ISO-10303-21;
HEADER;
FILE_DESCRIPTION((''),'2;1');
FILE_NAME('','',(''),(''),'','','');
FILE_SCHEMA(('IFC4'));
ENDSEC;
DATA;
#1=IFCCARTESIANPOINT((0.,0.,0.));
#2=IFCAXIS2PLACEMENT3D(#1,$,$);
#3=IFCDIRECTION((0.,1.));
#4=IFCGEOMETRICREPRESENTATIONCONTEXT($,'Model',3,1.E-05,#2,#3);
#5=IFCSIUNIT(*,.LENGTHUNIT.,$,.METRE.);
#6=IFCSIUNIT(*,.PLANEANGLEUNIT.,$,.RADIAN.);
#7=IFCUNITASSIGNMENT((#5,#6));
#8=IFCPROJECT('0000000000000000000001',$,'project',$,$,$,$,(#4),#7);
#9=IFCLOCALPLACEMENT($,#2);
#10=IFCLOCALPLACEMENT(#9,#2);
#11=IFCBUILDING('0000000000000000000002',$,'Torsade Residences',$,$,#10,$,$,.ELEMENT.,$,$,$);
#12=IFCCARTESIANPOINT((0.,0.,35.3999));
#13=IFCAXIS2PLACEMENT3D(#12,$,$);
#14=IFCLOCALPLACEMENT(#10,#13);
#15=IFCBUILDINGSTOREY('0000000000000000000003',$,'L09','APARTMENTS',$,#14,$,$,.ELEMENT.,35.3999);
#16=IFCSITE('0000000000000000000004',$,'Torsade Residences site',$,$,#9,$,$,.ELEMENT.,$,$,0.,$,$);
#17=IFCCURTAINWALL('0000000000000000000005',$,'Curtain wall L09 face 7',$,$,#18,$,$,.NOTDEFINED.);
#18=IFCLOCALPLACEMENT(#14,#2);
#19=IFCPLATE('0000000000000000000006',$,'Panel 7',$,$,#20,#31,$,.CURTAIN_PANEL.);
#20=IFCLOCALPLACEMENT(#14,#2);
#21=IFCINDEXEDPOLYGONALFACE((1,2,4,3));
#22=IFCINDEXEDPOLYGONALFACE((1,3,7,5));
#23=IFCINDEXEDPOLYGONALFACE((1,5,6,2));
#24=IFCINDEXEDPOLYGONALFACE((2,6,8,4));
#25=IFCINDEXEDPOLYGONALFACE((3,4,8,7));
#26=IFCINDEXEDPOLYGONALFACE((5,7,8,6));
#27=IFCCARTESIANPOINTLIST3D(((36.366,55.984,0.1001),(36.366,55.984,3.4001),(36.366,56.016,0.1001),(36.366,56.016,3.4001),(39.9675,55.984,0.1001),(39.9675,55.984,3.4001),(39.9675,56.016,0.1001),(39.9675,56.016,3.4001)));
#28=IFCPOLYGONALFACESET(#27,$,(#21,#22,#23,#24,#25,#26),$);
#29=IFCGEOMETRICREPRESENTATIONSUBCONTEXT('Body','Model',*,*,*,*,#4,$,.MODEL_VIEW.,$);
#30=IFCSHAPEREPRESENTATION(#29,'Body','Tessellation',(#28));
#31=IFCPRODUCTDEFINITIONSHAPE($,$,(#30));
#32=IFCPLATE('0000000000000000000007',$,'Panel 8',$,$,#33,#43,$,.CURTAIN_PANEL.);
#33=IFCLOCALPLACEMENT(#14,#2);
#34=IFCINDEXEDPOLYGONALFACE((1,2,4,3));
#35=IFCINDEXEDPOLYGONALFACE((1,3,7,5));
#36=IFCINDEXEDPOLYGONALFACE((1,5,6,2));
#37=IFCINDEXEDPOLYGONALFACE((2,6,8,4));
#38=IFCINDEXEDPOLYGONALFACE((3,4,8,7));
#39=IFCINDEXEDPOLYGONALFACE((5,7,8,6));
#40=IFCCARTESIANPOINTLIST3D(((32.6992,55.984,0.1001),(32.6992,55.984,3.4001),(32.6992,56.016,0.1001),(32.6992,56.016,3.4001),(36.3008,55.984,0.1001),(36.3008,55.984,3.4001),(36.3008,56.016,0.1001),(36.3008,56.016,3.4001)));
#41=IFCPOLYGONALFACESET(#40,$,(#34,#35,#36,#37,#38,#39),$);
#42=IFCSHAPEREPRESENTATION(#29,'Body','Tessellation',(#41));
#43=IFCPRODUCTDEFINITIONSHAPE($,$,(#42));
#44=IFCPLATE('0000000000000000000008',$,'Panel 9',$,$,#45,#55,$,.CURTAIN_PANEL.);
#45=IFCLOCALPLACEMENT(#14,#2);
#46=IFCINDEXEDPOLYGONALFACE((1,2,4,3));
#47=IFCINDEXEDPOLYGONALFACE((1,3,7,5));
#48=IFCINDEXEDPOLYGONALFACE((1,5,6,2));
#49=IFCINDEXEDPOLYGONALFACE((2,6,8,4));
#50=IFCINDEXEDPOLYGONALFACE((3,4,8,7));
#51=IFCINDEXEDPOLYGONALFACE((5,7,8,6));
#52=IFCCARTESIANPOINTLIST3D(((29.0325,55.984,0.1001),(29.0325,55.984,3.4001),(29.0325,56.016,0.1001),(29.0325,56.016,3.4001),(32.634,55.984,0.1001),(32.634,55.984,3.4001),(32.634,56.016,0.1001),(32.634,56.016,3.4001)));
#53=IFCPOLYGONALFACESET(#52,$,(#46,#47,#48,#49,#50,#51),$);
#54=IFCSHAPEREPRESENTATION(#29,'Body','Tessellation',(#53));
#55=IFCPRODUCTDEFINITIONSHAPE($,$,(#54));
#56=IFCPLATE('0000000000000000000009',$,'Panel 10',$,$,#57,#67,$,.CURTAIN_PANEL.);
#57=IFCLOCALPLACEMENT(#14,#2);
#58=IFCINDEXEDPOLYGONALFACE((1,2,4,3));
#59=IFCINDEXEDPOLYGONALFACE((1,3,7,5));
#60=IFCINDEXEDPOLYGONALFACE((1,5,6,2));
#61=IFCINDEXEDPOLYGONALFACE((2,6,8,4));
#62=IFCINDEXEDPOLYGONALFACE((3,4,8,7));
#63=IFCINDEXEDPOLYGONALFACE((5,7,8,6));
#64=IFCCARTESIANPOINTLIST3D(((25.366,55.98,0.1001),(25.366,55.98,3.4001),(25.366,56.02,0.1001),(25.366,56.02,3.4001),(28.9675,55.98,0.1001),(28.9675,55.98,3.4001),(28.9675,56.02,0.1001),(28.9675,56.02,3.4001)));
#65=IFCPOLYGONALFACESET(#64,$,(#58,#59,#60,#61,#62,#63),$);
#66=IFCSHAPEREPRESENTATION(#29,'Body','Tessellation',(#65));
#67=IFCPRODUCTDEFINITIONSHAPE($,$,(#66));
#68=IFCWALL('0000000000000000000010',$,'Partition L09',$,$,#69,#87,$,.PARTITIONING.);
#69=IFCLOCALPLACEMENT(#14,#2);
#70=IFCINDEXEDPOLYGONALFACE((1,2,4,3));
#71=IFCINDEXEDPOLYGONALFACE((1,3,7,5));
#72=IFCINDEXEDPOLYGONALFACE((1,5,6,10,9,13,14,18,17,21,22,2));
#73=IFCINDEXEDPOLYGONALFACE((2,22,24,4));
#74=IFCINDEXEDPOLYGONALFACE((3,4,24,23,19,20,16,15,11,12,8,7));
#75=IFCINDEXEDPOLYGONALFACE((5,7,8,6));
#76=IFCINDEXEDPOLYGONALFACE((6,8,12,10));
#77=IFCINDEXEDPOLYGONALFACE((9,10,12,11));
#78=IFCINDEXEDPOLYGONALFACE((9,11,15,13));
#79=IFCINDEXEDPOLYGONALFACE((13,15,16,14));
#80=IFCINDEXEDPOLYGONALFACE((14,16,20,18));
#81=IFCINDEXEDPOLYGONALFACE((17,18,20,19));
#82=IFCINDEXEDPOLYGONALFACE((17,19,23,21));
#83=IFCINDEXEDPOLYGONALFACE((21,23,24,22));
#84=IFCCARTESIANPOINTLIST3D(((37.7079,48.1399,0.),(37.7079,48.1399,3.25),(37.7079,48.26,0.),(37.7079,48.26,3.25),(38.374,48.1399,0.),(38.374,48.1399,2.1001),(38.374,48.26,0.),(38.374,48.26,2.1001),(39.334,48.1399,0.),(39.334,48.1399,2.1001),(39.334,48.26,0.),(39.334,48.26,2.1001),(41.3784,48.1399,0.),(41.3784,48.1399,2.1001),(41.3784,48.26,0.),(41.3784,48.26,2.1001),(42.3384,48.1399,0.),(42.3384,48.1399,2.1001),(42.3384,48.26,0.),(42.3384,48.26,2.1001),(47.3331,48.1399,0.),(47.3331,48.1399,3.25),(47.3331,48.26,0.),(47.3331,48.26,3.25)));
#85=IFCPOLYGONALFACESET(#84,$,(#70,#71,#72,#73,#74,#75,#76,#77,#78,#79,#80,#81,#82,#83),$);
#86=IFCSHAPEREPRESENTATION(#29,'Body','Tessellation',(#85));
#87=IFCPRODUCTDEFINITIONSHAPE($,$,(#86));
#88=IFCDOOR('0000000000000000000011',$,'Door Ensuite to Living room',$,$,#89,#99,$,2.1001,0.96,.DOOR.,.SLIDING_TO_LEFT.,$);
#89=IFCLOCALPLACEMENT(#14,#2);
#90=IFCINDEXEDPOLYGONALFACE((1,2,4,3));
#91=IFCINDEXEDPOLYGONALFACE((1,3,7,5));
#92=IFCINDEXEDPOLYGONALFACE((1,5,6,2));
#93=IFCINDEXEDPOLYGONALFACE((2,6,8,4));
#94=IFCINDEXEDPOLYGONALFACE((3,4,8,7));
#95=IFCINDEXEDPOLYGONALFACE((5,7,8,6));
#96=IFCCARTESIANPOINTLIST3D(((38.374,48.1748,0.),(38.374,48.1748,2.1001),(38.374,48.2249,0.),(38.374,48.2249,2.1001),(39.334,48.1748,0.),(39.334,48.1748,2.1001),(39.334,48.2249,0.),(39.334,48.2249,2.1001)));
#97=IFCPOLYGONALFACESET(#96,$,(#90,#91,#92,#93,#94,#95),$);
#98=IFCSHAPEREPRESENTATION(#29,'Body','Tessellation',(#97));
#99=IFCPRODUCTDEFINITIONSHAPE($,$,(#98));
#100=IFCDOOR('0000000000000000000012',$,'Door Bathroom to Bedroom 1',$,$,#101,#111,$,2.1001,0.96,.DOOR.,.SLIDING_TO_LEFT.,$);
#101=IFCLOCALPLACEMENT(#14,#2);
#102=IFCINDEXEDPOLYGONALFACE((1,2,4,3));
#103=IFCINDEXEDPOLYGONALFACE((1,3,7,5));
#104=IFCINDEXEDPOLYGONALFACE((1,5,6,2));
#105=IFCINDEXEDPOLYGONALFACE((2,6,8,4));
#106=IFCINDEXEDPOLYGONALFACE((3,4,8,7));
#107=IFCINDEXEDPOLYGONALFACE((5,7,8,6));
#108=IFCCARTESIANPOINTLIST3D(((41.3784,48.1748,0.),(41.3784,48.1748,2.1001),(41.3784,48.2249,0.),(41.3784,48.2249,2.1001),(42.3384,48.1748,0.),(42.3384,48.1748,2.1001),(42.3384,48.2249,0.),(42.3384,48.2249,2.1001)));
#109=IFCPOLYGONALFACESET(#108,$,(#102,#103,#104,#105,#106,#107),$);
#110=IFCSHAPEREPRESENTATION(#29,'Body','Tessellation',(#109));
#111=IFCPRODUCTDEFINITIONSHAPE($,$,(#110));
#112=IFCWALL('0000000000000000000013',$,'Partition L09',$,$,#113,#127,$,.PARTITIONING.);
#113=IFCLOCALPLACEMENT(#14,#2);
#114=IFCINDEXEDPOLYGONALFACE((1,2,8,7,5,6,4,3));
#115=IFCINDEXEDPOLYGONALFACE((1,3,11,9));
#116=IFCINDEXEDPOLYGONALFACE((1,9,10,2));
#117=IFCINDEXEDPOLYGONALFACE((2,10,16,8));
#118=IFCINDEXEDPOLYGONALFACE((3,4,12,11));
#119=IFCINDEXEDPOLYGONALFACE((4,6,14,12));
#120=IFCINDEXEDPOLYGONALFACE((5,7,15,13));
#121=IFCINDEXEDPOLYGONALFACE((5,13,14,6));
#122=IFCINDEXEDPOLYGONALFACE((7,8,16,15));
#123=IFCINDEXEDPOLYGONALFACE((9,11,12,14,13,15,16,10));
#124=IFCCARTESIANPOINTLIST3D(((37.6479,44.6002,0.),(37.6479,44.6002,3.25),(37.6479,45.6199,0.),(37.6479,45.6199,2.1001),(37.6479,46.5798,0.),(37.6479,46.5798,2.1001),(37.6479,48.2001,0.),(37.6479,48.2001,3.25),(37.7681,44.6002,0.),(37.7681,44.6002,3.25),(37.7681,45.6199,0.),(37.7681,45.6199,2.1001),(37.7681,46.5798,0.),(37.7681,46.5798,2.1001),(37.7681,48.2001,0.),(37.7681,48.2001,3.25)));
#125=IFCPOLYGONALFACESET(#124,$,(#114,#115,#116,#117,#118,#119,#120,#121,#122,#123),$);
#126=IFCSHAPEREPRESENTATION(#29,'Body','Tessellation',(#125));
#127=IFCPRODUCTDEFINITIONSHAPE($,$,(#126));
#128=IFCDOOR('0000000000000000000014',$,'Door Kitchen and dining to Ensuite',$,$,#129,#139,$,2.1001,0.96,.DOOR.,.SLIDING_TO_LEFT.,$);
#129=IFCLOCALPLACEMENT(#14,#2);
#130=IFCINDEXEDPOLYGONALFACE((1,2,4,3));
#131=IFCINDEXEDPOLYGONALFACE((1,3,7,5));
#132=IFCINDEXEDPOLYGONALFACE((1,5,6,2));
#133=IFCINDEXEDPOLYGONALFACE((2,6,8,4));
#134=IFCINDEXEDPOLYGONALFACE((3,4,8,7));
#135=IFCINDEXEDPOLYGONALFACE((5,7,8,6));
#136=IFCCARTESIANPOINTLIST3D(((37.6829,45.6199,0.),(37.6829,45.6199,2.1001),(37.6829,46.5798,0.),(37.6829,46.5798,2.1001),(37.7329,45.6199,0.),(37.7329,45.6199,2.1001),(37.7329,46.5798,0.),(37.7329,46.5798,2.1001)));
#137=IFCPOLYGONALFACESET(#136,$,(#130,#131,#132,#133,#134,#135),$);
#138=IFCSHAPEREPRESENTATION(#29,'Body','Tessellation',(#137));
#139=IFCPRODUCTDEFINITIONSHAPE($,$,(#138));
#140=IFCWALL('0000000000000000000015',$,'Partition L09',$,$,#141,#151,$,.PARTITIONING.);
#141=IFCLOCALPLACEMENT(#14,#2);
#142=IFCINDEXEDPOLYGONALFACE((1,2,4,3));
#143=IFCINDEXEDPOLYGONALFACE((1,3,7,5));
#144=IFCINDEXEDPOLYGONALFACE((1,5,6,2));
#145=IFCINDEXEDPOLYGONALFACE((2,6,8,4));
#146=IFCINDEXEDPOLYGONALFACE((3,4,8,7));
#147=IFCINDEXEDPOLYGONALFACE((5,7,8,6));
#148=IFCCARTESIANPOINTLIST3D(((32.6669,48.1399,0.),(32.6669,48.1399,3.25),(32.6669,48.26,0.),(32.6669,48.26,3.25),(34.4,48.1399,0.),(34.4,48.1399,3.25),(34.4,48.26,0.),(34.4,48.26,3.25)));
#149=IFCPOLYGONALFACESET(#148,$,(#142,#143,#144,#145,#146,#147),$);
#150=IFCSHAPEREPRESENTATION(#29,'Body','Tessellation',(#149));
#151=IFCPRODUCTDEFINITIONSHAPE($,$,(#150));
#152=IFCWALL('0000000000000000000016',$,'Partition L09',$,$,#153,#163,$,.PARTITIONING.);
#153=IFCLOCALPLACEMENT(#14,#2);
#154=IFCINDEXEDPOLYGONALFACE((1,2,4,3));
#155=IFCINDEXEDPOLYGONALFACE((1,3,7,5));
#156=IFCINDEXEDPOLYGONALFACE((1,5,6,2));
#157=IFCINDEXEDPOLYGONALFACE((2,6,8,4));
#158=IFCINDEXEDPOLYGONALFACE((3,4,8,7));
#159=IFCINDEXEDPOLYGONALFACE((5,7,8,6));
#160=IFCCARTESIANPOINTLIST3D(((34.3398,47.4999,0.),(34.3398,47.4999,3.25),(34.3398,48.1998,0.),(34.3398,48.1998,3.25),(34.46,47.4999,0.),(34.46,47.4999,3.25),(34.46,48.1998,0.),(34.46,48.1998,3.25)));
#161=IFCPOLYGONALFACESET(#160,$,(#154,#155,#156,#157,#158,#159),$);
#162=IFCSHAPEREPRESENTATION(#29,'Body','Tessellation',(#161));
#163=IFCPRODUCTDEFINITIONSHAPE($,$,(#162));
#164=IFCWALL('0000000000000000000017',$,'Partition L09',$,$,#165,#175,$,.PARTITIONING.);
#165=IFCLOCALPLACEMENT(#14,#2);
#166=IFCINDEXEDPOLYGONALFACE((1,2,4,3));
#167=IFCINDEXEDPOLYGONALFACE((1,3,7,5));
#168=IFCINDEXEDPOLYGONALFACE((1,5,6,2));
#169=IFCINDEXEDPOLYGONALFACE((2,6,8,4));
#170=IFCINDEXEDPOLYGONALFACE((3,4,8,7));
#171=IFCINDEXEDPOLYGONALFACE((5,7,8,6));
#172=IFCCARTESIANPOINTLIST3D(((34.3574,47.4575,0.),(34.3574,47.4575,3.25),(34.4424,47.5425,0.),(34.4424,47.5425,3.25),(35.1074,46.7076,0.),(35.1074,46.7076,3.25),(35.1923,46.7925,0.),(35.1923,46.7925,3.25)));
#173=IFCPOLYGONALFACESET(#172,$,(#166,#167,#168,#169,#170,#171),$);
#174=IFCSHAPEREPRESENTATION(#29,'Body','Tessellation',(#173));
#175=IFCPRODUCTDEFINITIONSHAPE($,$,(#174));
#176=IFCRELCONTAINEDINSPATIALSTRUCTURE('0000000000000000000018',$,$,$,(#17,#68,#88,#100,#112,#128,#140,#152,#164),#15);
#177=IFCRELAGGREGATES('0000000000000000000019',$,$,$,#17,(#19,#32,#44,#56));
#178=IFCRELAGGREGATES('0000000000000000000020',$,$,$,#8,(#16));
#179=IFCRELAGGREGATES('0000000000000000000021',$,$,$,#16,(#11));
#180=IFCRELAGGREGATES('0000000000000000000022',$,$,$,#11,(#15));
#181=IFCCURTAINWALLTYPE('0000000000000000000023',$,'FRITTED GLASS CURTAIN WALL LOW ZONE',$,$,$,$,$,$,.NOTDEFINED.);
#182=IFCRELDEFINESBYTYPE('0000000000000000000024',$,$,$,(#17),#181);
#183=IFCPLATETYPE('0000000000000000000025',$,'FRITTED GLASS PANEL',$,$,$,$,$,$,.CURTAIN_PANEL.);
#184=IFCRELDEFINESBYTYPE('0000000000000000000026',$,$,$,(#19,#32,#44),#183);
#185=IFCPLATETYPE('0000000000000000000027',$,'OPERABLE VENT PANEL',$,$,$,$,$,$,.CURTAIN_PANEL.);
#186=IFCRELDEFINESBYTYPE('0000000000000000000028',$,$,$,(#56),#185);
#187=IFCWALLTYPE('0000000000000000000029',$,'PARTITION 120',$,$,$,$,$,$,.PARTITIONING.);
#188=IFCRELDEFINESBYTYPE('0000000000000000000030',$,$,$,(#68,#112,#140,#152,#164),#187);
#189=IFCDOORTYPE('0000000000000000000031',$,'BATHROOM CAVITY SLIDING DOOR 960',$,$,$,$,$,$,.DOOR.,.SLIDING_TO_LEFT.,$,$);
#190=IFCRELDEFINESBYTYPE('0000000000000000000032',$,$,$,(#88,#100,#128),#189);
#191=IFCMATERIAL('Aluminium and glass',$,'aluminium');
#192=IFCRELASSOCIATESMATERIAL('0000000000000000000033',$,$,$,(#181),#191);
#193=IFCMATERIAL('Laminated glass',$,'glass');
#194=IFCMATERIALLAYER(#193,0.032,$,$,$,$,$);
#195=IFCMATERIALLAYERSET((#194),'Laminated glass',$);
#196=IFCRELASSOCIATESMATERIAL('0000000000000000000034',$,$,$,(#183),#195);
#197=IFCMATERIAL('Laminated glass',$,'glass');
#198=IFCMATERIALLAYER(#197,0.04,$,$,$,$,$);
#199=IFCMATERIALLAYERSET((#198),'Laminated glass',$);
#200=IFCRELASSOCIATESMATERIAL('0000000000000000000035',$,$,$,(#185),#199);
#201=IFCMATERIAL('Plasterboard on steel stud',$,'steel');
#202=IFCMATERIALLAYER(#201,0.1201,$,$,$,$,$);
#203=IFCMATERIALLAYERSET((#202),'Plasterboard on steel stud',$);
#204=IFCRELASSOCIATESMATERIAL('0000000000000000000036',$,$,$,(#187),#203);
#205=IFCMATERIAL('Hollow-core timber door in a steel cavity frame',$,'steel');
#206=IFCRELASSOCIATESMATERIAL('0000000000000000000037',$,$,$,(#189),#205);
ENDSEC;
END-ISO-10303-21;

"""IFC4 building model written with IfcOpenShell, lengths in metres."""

from ifc_helpers import new_model, si_unit, direction, frame, frame_2d, origin, origin_2d, place, context, subcontext, project, spatial, rectangle, extrude, material, layer, layer_set, type_object, element, fill, aggregate, save


model = new_model("IFC4")

# Units and contexts
model_context = context("Model", 3, precision=1e-05, world=origin(), true_north=direction((0.0, 1.0)))
body_context = subcontext(model_context, "Body", "Model", "MODEL_VIEW")
ifc_project = project(units=[si_unit("LENGTHUNIT", "METRE"), si_unit("PLANEANGLEUNIT", "RADIAN")], contexts=[model_context])

# Site, building, storey
site_placement = place(None, origin())
site = spatial("IfcSite", under=ifc_project, at=site_placement, Name="Torsade Residences site", CompositionType="ELEMENT", RefElevation=0.0)
building_placement = place(site_placement, origin())
building = spatial("IfcBuilding", under=site, at=building_placement, Name="Torsade Residences", CompositionType="ELEMENT")
storey_placement = place(building_placement, frame((0.0, 0.0, 35.3999)))
storey = spatial("IfcBuildingStorey", under=building, at=storey_placement, Name="L09", Description="APARTMENTS", CompositionType="ELEMENT", Elevation=35.3999)

# Curtain wall
ifc_material_1 = material(Name="Aluminium and glass", Category="aluminium")
curtain_wall_type = type_object("IfcCurtainWallType", Name="FRITTED GLASS CURTAIN WALL LOW ZONE", PredefinedType="NOTDEFINED", material=ifc_material_1)
curtain_wall_placement = place(storey_placement, origin())
curtain_wall = element("IfcCurtainWall", 1, at=curtain_wall_placement, inside=storey, type_object=curtain_wall_type, Name="Curtain wall L09 face 7", PredefinedType="NOTDEFINED")

# Plates
ifc_material_2 = material(Name="Laminated glass", Category="glass")
ifc_layer_1 = layer(ifc_material_2, 0.032)
ifc_layer_set_1 = layer_set([ifc_layer_1], Name="Laminated glass")
plate_type_1 = type_object("IfcPlateType", Name="FRITTED GLASS PANEL", PredefinedType="CURTAIN_PANEL", material=ifc_layer_set_1)
plate_1_placement = place(storey_placement, frame((38.1667, 56.0, 0.1001), z_axis=(0.0, 0.0, 1.0), x_axis=(-1.0, 0.0, 0.0)))
plate_1 = element("IfcPlate", 2, at=plate_1_placement, type_object=plate_type_1, Name="Panel 7", PredefinedType="CURTAIN_PANEL", context=body_context, shape_type="SweptSolid", body=[
    extrude(rectangle(XDim=3.6016, YDim=0.032, at=origin_2d()), origin(), (0.0, 0.0, 1.0), 3.3),
])
plate_2_placement = place(storey_placement, frame((34.5, 56.0, 0.1001), z_axis=(0.0, 0.0, 1.0), x_axis=(-1.0, 0.0, 0.0)))
plate_2 = element("IfcPlate", 3, at=plate_2_placement, type_object=plate_type_1, Name="Panel 8", PredefinedType="CURTAIN_PANEL", context=body_context, shape_type="SweptSolid", body=[
    extrude(rectangle(XDim=3.6016, YDim=0.032, at=origin_2d()), origin(), (0.0, 0.0, 1.0), 3.3),
])
plate_3_placement = place(storey_placement, frame((30.8333, 56.0, 0.1001), z_axis=(0.0, 0.0, 1.0), x_axis=(-1.0, 0.0, 0.0)))
plate_3 = element("IfcPlate", 4, at=plate_3_placement, type_object=plate_type_1, Name="Panel 9", PredefinedType="CURTAIN_PANEL", context=body_context, shape_type="SweptSolid", body=[
    extrude(rectangle(XDim=3.6016, YDim=0.032, at=origin_2d()), origin(), (0.0, 0.0, 1.0), 3.3),
])
ifc_material_3 = material(Name="Laminated glass", Category="glass")
ifc_layer_2 = layer(ifc_material_3, 0.04)
ifc_layer_set_2 = layer_set([ifc_layer_2], Name="Laminated glass")
plate_type_2 = type_object("IfcPlateType", Name="OPERABLE VENT PANEL", PredefinedType="CURTAIN_PANEL", material=ifc_layer_set_2)
plate_4_placement = place(storey_placement, frame((27.1667, 56.0, 0.1001), z_axis=(0.0, 0.0, 1.0), x_axis=(-1.0, 0.0, 0.0)))
plate_4 = element("IfcPlate", 5, at=plate_4_placement, type_object=plate_type_2, Name="Panel 10", PredefinedType="CURTAIN_PANEL", context=body_context, shape_type="SweptSolid", body=[
    extrude(rectangle(XDim=3.6016, YDim=0.04, at=origin_2d()), origin(), (0.0, 0.0, 1.0), 3.3),
])
aggregate(curtain_wall, [plate_1, plate_2, plate_3, plate_4])

# Wall, openings, doors
ifc_material_4 = material(Name="Plasterboard on steel stud", Category="steel")
ifc_layer_3 = layer(ifc_material_4, 0.1201)
ifc_layer_set_3 = layer_set([ifc_layer_3], Name="Plasterboard on steel stud")
wall_type_1 = type_object("IfcWallType", Name="PARTITION 120", PredefinedType="PARTITIONING", material=ifc_layer_set_3)
wall_1_placement = place(storey_placement, frame((37.708, 48.2, 0.0), z_axis=(0.0, 0.0, 1.0), x_axis=(1.0, 0.0, 0.0)))
wall_1 = element("IfcWall", 6, at=wall_1_placement, inside=storey, type_object=wall_type_1, Name="Partition L09", PredefinedType="PARTITIONING", context=body_context, shape_type="SweptSolid", body=[
    extrude(rectangle(XDim=9.6252, YDim=0.1201, at=frame_2d((4.8125, 0.0))), origin(), (0.0, 0.0, 1.0), 3.25),
])
opening_1_placement = place(wall_1_placement, frame((0.666, 0.0, 0.0)))
opening_1 = element("IfcOpeningElement", 7, at=opening_1_placement, cuts=wall_1, PredefinedType="OPENING", context=body_context, shape_type="SweptSolid", body=[
    extrude(rectangle(XDim=0.96, YDim=2.1001, at=frame_2d((0.48, 1.05))), frame((0.0, 0.0701, 0.0), z_axis=(0.0, -1.0, 0.0), x_axis=(1.0, 0.0, 0.0)), (0.0, 0.0, 1.0), 0.1401),
])
opening_2_placement = place(wall_1_placement, frame((3.6704, 0.0, 0.0)))
opening_2 = element("IfcOpeningElement", 8, at=opening_2_placement, cuts=wall_1, PredefinedType="OPENING", context=body_context, shape_type="SweptSolid", body=[
    extrude(rectangle(XDim=0.96, YDim=2.1001, at=frame_2d((0.48, 1.05))), frame((0.0, 0.0701, 0.0), z_axis=(0.0, -1.0, 0.0), x_axis=(1.0, 0.0, 0.0)), (0.0, 0.0, 1.0), 0.1401),
])
ifc_material_5 = material(Name="Hollow-core timber door in a steel cavity frame", Category="steel")
door_type_1 = type_object("IfcDoorType", Name="BATHROOM CAVITY SLIDING DOOR 960", OperationType="SLIDING_TO_LEFT", PredefinedType="DOOR", material=ifc_material_5)
door_1_placement = place(opening_1_placement, origin())
door_1 = element("IfcDoor", 9, at=door_1_placement, inside=storey, type_object=door_type_1, Name="Door Ensuite to Living room", OperationType="SLIDING_TO_LEFT", OverallHeight=2.1001, OverallWidth=0.96, PredefinedType="DOOR", context=body_context, shape_type="SweptSolid", body=[
    extrude(rectangle(XDim=0.96, YDim=2.1001, at=frame_2d((0.48, 1.05))), frame((0.0, 0.0249, 0.0), z_axis=(0.0, -1.0, 0.0), x_axis=(1.0, 0.0, 0.0)), (0.0, 0.0, 1.0), 0.05),
])
fill(opening_1, door_1)
door_2_placement = place(opening_2_placement, origin())
door_2 = element("IfcDoor", 10, at=door_2_placement, inside=storey, type_object=door_type_1, Name="Door Bathroom to Bedroom 1", OperationType="SLIDING_TO_LEFT", OverallHeight=2.1001, OverallWidth=0.96, PredefinedType="DOOR", context=body_context, shape_type="SweptSolid", body=[
    extrude(rectangle(XDim=0.96, YDim=2.1001, at=frame_2d((0.48, 1.05))), frame((0.0, 0.0249, 0.0), z_axis=(0.0, -1.0, 0.0), x_axis=(1.0, 0.0, 0.0)), (0.0, 0.0, 1.0), 0.05),
])
fill(opening_2, door_2)

# Wall, opening, door
wall_2_placement = place(storey_placement, frame((37.708, 48.2, 0.0), z_axis=(0.0, 0.0, 1.0), x_axis=(0.0, -1.0, 0.0)))
wall_2 = element("IfcWall", 11, at=wall_2_placement, inside=storey, type_object=wall_type_1, Name="Partition L09", PredefinedType="PARTITIONING", context=body_context, shape_type="SweptSolid", body=[
    extrude(rectangle(XDim=3.5999, YDim=0.1201, at=frame_2d((1.7998, 0.0))), origin(), (0.0, 0.0, 1.0), 3.25),
])
opening_3_placement = place(wall_2_placement, frame((1.6201, 0.0, 0.0)))
opening_3 = element("IfcOpeningElement", 12, at=opening_3_placement, cuts=wall_2, PredefinedType="OPENING", context=body_context, shape_type="SweptSolid", body=[
    extrude(rectangle(XDim=0.96, YDim=2.1001, at=frame_2d((0.48, 1.05))), frame((0.0, 0.0701, 0.0), z_axis=(0.0, -1.0, 0.0), x_axis=(1.0, 0.0, 0.0)), (0.0, 0.0, 1.0), 0.1401),
])
door_3_placement = place(opening_3_placement, origin())
door_3 = element("IfcDoor", 13, at=door_3_placement, inside=storey, type_object=door_type_1, Name="Door Kitchen and dining to Ensuite", OperationType="SLIDING_TO_LEFT", OverallHeight=2.1001, OverallWidth=0.96, PredefinedType="DOOR", context=body_context, shape_type="SweptSolid", body=[
    extrude(rectangle(XDim=0.96, YDim=2.1001, at=frame_2d((0.48, 1.05))), frame((0.0, 0.0249, 0.0), z_axis=(0.0, -1.0, 0.0), x_axis=(1.0, 0.0, 0.0)), (0.0, 0.0, 1.0), 0.05),
])
fill(opening_3, door_3)

# Walls
wall_3_placement = place(storey_placement, frame((32.6667, 48.2, 0.0), z_axis=(0.0, 0.0, 1.0), x_axis=(1.0, 0.0, 0.0)))
element("IfcWall", 14, at=wall_3_placement, inside=storey, type_object=wall_type_1, Name="Partition L09", PredefinedType="PARTITIONING", context=body_context, shape_type="SweptSolid", body=[
    extrude(rectangle(XDim=1.7332, YDim=0.1201, at=frame_2d((0.8667, 0.0))), origin(), (0.0, 0.0, 1.0), 3.25),
])
wall_4_placement = place(storey_placement, frame((34.3999, 48.2, 0.0), z_axis=(0.0, 0.0, 1.0), x_axis=(0.0, -1.0, 0.0)))
element("IfcWall", 15, at=wall_4_placement, inside=storey, type_object=wall_type_1, Name="Partition L09", PredefinedType="PARTITIONING", context=body_context, shape_type="SweptSolid", body=[
    extrude(rectangle(XDim=0.7, YDim=0.1201, at=frame_2d((0.3501, 0.0))), origin(), (0.0, 0.0, 1.0), 3.25),
])
for number, where, z_axis, x_axis, name in (
    (16, (34.3999, 47.5, 0.0), (0.0, 0.0, 1.0), (0.707107, -0.707107, 0.0), "Partition L09"),
):
    element("IfcWall", number, at=place(storey_placement, frame(where, z_axis=z_axis, x_axis=x_axis)), inside=storey, type_object=wall_type_1, Name=name, PredefinedType="PARTITIONING", context=body_context, shape_type="SweptSolid", body=[
        extrude(rectangle(XDim=1.0605, YDim=0.1201, at=frame_2d((0.5303, 0.0))), origin(), (0.0, 0.0, 1.0), 3.25),
    ])

save(model, "model.ifc")
